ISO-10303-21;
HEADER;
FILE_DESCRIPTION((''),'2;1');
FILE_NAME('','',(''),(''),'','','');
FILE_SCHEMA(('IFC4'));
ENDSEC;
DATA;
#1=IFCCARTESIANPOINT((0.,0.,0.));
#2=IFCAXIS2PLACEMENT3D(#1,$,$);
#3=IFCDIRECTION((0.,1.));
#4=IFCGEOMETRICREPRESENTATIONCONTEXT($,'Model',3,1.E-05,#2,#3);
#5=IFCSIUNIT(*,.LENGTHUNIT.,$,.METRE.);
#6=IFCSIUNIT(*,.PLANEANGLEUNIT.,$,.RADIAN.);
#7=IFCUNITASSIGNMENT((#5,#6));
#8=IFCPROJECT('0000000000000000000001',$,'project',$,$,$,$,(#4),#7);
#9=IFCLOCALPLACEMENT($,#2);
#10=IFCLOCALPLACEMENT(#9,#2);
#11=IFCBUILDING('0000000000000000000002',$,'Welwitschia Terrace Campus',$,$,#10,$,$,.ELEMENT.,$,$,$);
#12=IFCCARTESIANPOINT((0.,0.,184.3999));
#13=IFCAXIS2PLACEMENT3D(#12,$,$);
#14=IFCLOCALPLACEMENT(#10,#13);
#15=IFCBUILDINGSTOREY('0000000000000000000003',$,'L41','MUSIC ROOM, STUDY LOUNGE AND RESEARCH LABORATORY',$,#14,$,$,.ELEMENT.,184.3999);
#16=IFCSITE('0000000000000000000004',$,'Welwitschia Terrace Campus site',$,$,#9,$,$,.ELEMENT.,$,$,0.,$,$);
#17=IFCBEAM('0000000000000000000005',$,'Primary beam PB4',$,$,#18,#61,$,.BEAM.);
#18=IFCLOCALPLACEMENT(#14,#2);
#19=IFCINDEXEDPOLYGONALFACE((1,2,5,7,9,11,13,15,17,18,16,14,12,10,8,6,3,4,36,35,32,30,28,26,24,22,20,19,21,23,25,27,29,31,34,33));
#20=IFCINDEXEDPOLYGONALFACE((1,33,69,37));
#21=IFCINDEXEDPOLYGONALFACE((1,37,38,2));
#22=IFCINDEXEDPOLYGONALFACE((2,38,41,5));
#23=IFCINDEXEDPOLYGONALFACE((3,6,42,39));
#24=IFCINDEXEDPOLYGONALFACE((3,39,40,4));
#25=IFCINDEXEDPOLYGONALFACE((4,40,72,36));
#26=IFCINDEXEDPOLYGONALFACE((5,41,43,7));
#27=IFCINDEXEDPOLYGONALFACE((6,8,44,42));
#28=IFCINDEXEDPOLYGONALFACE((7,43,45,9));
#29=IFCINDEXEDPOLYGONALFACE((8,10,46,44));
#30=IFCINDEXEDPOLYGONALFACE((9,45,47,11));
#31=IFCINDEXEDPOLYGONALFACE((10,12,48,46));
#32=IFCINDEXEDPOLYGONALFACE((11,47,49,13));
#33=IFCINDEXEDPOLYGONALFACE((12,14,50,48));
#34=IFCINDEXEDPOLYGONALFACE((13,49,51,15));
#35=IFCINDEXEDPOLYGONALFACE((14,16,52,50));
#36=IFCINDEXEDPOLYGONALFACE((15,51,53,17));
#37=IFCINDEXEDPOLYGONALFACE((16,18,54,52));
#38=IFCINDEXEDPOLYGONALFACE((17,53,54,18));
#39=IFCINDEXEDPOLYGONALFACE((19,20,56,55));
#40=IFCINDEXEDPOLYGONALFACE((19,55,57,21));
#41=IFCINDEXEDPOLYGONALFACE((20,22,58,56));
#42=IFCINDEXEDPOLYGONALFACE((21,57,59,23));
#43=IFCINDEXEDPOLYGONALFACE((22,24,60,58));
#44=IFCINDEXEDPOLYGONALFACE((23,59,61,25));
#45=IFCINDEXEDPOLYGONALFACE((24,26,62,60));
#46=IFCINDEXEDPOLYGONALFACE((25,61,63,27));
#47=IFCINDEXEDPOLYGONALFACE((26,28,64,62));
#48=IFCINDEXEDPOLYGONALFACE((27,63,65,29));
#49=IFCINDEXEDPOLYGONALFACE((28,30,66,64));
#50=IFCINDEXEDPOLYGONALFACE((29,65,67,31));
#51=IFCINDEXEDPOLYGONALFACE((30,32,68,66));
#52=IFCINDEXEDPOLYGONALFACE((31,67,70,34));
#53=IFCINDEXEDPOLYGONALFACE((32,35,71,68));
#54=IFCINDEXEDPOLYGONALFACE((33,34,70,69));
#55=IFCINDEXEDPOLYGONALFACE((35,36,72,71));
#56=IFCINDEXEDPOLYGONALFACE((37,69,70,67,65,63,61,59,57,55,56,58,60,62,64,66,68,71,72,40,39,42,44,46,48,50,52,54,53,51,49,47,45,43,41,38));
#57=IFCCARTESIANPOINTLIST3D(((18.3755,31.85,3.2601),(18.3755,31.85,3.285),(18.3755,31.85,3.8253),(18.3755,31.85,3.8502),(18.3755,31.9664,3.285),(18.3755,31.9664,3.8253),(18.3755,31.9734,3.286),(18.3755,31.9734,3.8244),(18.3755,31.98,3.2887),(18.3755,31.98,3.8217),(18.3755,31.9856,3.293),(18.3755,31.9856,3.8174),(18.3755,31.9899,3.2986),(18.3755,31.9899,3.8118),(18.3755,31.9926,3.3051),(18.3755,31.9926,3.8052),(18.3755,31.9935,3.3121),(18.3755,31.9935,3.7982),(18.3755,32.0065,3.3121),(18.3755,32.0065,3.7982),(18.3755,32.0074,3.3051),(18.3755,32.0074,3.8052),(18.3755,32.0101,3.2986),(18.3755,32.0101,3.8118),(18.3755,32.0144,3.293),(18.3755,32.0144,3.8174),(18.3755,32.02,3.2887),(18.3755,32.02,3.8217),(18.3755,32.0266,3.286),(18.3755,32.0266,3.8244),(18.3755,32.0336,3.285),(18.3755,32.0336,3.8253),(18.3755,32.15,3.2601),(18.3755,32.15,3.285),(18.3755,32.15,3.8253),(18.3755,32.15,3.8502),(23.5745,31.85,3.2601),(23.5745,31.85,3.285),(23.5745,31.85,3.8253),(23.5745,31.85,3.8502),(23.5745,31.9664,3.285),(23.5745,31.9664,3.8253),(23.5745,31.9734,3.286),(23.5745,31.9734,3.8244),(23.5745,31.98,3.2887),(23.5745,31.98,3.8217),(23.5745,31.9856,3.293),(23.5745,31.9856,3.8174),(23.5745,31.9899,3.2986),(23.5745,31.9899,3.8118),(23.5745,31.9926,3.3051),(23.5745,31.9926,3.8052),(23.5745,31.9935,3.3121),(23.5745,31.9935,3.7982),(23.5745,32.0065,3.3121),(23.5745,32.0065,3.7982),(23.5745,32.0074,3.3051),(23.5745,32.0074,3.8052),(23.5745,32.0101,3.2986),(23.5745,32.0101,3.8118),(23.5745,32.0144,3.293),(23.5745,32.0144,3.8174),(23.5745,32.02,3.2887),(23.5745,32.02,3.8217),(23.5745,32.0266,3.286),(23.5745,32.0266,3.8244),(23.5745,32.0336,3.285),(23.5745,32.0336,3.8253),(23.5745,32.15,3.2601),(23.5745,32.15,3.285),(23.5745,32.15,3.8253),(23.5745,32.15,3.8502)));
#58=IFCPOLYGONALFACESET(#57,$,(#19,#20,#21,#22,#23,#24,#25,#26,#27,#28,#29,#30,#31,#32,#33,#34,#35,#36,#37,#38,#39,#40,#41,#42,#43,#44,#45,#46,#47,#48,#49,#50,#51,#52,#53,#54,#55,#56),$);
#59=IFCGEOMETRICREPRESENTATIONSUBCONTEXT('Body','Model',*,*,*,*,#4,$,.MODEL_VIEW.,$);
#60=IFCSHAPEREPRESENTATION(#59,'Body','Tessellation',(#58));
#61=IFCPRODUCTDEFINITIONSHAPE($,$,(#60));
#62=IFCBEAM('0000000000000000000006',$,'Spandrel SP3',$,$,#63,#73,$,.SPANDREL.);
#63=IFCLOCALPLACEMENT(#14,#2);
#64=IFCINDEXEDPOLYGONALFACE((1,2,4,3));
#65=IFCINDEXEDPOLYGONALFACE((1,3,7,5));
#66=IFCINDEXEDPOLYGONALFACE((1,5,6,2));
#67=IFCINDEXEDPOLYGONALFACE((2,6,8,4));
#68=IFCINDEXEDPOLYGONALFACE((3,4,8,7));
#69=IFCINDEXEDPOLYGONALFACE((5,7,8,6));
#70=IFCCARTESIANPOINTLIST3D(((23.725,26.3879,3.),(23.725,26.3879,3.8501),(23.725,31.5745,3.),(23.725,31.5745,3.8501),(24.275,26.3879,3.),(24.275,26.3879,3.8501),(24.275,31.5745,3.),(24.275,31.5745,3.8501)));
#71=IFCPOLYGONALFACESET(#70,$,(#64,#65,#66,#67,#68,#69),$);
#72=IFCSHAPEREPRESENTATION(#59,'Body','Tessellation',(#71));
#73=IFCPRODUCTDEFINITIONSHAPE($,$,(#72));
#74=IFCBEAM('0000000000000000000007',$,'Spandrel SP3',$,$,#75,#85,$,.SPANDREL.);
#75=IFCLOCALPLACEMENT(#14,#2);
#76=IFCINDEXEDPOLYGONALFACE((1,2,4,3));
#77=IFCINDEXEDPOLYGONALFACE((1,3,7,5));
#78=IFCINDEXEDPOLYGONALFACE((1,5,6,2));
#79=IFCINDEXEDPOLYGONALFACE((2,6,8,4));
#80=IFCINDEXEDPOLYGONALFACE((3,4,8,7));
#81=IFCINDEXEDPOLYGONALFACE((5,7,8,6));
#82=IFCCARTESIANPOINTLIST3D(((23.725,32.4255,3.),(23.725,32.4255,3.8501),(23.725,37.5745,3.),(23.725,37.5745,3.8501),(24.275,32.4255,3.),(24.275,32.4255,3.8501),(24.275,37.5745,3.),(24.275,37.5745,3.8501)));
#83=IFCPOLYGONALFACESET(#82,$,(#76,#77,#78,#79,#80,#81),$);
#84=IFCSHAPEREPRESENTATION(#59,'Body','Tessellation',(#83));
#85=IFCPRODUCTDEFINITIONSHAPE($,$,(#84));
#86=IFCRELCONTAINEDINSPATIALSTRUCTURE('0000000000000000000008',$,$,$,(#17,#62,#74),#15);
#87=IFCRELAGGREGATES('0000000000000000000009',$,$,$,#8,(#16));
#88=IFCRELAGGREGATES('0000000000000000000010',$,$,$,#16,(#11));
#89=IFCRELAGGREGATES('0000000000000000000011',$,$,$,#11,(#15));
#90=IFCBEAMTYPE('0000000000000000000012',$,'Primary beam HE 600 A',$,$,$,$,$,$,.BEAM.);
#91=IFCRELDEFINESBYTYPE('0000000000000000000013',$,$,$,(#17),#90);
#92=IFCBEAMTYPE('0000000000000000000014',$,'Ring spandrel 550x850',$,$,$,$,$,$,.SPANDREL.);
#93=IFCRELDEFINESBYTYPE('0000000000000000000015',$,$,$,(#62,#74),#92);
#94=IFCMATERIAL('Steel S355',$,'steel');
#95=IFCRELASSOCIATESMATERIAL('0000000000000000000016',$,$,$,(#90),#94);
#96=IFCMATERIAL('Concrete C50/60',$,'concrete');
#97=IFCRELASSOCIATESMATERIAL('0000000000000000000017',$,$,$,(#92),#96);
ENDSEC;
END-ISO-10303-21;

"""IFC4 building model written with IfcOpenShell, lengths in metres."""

from ifc_helpers import new_model, si_unit, direction, frame, origin, origin_2d, place, context, subcontext, project, spatial, rectangle, i_section, extrude, material, material_profile, profile_set, type_object, element, save


model = new_model("IFC4")

# Units and contexts
model_context = context("Model", 3, precision=1e-05, world=origin(), true_north=direction((0.0, 1.0)))
body_context = subcontext(model_context, "Body", "Model", "MODEL_VIEW")
ifc_project = project(units=[si_unit("LENGTHUNIT", "METRE"), si_unit("PLANEANGLEUNIT", "RADIAN")], contexts=[model_context])

# Site, building, storey
site_placement = place(None, origin())
site = spatial("IfcSite", under=ifc_project, at=site_placement, Name="Welwitschia Terrace Campus site", CompositionType="ELEMENT", RefElevation=0.0)
building_placement = place(site_placement, origin())
building = spatial("IfcBuilding", under=site, at=building_placement, Name="Welwitschia Terrace Campus", CompositionType="ELEMENT")
storey_placement = place(building_placement, frame((0.0, 0.0, 184.3999)))
storey = spatial("IfcBuildingStorey", under=building, at=storey_placement, Name="L41", Description="MUSIC ROOM, STUDY LOUNGE AND RESEARCH LABORATORY", CompositionType="ELEMENT", Elevation=184.3999)

# Beams
ifc_material_1 = material(Name="Steel S355", Category="steel")
ifc_material_profile_1 = material_profile(ifc_material_1, i_section(OverallWidth=0.3, OverallDepth=0.5901, WebThickness=0.0129, FlangeThickness=0.0249, FilletRadius=0.0271, at=origin_2d()))
ifc_profile_set_1 = profile_set([ifc_material_profile_1], Name="Steel S355")
beam_type_1 = type_object("IfcBeamType", Name="Primary beam HE 600 A", PredefinedType="BEAM", material=ifc_profile_set_1)
beam_1_placement = place(storey_placement, frame((23.5745, 32.0, 3.5552), z_axis=(-1.0, 0.0, 0.0), x_axis=(0.0, -1.0, 0.0)))
element("IfcBeam", 1, at=beam_1_placement, inside=storey, type_object=beam_type_1, Name="Primary beam PB4", PredefinedType="BEAM", context=body_context, shape_type="SweptSolid", body=[
    extrude(i_section(OverallWidth=0.3, OverallDepth=0.5901, WebThickness=0.0129, FlangeThickness=0.0249, FilletRadius=0.0271, at=origin_2d()), origin(), (0.0, 0.0, 1.0), 5.199),
])
ifc_material_2 = material(Name="Concrete C50/60", Category="concrete")
ifc_material_profile_2 = material_profile(ifc_material_2, rectangle(XDim=0.55, YDim=0.8501, at=origin_2d()))
ifc_profile_set_2 = profile_set([ifc_material_profile_2], Name="Concrete C50/60")
beam_type_2 = type_object("IfcBeamType", Name="Ring spandrel 550x850", PredefinedType="SPANDREL", material=ifc_profile_set_2)
beam_2_placement = place(storey_placement, frame((24.0, 26.3879, 3.425), z_axis=(0.0, 1.0, 0.0), x_axis=(-1.0, 0.0, 0.0)))
element("IfcBeam", 2, at=beam_2_placement, inside=storey, type_object=beam_type_2, Name="Spandrel SP3", PredefinedType="SPANDREL", context=body_context, shape_type="SweptSolid", body=[
    extrude(rectangle(XDim=0.55, YDim=0.8501, at=origin_2d()), origin(), (0.0, 0.0, 1.0), 5.1865),
])
beam_3_placement = place(storey_placement, frame((24.0, 32.4255, 3.425), z_axis=(0.0, 1.0, 0.0), x_axis=(-1.0, 0.0, 0.0)))
element("IfcBeam", 3, at=beam_3_placement, inside=storey, type_object=beam_type_2, Name="Spandrel SP3", PredefinedType="SPANDREL", context=body_context, shape_type="SweptSolid", body=[
    extrude(rectangle(XDim=0.55, YDim=0.8501, at=origin_2d()), origin(), (0.0, 0.0, 1.0), 5.1489),
])

save(model, "model.ifc")
